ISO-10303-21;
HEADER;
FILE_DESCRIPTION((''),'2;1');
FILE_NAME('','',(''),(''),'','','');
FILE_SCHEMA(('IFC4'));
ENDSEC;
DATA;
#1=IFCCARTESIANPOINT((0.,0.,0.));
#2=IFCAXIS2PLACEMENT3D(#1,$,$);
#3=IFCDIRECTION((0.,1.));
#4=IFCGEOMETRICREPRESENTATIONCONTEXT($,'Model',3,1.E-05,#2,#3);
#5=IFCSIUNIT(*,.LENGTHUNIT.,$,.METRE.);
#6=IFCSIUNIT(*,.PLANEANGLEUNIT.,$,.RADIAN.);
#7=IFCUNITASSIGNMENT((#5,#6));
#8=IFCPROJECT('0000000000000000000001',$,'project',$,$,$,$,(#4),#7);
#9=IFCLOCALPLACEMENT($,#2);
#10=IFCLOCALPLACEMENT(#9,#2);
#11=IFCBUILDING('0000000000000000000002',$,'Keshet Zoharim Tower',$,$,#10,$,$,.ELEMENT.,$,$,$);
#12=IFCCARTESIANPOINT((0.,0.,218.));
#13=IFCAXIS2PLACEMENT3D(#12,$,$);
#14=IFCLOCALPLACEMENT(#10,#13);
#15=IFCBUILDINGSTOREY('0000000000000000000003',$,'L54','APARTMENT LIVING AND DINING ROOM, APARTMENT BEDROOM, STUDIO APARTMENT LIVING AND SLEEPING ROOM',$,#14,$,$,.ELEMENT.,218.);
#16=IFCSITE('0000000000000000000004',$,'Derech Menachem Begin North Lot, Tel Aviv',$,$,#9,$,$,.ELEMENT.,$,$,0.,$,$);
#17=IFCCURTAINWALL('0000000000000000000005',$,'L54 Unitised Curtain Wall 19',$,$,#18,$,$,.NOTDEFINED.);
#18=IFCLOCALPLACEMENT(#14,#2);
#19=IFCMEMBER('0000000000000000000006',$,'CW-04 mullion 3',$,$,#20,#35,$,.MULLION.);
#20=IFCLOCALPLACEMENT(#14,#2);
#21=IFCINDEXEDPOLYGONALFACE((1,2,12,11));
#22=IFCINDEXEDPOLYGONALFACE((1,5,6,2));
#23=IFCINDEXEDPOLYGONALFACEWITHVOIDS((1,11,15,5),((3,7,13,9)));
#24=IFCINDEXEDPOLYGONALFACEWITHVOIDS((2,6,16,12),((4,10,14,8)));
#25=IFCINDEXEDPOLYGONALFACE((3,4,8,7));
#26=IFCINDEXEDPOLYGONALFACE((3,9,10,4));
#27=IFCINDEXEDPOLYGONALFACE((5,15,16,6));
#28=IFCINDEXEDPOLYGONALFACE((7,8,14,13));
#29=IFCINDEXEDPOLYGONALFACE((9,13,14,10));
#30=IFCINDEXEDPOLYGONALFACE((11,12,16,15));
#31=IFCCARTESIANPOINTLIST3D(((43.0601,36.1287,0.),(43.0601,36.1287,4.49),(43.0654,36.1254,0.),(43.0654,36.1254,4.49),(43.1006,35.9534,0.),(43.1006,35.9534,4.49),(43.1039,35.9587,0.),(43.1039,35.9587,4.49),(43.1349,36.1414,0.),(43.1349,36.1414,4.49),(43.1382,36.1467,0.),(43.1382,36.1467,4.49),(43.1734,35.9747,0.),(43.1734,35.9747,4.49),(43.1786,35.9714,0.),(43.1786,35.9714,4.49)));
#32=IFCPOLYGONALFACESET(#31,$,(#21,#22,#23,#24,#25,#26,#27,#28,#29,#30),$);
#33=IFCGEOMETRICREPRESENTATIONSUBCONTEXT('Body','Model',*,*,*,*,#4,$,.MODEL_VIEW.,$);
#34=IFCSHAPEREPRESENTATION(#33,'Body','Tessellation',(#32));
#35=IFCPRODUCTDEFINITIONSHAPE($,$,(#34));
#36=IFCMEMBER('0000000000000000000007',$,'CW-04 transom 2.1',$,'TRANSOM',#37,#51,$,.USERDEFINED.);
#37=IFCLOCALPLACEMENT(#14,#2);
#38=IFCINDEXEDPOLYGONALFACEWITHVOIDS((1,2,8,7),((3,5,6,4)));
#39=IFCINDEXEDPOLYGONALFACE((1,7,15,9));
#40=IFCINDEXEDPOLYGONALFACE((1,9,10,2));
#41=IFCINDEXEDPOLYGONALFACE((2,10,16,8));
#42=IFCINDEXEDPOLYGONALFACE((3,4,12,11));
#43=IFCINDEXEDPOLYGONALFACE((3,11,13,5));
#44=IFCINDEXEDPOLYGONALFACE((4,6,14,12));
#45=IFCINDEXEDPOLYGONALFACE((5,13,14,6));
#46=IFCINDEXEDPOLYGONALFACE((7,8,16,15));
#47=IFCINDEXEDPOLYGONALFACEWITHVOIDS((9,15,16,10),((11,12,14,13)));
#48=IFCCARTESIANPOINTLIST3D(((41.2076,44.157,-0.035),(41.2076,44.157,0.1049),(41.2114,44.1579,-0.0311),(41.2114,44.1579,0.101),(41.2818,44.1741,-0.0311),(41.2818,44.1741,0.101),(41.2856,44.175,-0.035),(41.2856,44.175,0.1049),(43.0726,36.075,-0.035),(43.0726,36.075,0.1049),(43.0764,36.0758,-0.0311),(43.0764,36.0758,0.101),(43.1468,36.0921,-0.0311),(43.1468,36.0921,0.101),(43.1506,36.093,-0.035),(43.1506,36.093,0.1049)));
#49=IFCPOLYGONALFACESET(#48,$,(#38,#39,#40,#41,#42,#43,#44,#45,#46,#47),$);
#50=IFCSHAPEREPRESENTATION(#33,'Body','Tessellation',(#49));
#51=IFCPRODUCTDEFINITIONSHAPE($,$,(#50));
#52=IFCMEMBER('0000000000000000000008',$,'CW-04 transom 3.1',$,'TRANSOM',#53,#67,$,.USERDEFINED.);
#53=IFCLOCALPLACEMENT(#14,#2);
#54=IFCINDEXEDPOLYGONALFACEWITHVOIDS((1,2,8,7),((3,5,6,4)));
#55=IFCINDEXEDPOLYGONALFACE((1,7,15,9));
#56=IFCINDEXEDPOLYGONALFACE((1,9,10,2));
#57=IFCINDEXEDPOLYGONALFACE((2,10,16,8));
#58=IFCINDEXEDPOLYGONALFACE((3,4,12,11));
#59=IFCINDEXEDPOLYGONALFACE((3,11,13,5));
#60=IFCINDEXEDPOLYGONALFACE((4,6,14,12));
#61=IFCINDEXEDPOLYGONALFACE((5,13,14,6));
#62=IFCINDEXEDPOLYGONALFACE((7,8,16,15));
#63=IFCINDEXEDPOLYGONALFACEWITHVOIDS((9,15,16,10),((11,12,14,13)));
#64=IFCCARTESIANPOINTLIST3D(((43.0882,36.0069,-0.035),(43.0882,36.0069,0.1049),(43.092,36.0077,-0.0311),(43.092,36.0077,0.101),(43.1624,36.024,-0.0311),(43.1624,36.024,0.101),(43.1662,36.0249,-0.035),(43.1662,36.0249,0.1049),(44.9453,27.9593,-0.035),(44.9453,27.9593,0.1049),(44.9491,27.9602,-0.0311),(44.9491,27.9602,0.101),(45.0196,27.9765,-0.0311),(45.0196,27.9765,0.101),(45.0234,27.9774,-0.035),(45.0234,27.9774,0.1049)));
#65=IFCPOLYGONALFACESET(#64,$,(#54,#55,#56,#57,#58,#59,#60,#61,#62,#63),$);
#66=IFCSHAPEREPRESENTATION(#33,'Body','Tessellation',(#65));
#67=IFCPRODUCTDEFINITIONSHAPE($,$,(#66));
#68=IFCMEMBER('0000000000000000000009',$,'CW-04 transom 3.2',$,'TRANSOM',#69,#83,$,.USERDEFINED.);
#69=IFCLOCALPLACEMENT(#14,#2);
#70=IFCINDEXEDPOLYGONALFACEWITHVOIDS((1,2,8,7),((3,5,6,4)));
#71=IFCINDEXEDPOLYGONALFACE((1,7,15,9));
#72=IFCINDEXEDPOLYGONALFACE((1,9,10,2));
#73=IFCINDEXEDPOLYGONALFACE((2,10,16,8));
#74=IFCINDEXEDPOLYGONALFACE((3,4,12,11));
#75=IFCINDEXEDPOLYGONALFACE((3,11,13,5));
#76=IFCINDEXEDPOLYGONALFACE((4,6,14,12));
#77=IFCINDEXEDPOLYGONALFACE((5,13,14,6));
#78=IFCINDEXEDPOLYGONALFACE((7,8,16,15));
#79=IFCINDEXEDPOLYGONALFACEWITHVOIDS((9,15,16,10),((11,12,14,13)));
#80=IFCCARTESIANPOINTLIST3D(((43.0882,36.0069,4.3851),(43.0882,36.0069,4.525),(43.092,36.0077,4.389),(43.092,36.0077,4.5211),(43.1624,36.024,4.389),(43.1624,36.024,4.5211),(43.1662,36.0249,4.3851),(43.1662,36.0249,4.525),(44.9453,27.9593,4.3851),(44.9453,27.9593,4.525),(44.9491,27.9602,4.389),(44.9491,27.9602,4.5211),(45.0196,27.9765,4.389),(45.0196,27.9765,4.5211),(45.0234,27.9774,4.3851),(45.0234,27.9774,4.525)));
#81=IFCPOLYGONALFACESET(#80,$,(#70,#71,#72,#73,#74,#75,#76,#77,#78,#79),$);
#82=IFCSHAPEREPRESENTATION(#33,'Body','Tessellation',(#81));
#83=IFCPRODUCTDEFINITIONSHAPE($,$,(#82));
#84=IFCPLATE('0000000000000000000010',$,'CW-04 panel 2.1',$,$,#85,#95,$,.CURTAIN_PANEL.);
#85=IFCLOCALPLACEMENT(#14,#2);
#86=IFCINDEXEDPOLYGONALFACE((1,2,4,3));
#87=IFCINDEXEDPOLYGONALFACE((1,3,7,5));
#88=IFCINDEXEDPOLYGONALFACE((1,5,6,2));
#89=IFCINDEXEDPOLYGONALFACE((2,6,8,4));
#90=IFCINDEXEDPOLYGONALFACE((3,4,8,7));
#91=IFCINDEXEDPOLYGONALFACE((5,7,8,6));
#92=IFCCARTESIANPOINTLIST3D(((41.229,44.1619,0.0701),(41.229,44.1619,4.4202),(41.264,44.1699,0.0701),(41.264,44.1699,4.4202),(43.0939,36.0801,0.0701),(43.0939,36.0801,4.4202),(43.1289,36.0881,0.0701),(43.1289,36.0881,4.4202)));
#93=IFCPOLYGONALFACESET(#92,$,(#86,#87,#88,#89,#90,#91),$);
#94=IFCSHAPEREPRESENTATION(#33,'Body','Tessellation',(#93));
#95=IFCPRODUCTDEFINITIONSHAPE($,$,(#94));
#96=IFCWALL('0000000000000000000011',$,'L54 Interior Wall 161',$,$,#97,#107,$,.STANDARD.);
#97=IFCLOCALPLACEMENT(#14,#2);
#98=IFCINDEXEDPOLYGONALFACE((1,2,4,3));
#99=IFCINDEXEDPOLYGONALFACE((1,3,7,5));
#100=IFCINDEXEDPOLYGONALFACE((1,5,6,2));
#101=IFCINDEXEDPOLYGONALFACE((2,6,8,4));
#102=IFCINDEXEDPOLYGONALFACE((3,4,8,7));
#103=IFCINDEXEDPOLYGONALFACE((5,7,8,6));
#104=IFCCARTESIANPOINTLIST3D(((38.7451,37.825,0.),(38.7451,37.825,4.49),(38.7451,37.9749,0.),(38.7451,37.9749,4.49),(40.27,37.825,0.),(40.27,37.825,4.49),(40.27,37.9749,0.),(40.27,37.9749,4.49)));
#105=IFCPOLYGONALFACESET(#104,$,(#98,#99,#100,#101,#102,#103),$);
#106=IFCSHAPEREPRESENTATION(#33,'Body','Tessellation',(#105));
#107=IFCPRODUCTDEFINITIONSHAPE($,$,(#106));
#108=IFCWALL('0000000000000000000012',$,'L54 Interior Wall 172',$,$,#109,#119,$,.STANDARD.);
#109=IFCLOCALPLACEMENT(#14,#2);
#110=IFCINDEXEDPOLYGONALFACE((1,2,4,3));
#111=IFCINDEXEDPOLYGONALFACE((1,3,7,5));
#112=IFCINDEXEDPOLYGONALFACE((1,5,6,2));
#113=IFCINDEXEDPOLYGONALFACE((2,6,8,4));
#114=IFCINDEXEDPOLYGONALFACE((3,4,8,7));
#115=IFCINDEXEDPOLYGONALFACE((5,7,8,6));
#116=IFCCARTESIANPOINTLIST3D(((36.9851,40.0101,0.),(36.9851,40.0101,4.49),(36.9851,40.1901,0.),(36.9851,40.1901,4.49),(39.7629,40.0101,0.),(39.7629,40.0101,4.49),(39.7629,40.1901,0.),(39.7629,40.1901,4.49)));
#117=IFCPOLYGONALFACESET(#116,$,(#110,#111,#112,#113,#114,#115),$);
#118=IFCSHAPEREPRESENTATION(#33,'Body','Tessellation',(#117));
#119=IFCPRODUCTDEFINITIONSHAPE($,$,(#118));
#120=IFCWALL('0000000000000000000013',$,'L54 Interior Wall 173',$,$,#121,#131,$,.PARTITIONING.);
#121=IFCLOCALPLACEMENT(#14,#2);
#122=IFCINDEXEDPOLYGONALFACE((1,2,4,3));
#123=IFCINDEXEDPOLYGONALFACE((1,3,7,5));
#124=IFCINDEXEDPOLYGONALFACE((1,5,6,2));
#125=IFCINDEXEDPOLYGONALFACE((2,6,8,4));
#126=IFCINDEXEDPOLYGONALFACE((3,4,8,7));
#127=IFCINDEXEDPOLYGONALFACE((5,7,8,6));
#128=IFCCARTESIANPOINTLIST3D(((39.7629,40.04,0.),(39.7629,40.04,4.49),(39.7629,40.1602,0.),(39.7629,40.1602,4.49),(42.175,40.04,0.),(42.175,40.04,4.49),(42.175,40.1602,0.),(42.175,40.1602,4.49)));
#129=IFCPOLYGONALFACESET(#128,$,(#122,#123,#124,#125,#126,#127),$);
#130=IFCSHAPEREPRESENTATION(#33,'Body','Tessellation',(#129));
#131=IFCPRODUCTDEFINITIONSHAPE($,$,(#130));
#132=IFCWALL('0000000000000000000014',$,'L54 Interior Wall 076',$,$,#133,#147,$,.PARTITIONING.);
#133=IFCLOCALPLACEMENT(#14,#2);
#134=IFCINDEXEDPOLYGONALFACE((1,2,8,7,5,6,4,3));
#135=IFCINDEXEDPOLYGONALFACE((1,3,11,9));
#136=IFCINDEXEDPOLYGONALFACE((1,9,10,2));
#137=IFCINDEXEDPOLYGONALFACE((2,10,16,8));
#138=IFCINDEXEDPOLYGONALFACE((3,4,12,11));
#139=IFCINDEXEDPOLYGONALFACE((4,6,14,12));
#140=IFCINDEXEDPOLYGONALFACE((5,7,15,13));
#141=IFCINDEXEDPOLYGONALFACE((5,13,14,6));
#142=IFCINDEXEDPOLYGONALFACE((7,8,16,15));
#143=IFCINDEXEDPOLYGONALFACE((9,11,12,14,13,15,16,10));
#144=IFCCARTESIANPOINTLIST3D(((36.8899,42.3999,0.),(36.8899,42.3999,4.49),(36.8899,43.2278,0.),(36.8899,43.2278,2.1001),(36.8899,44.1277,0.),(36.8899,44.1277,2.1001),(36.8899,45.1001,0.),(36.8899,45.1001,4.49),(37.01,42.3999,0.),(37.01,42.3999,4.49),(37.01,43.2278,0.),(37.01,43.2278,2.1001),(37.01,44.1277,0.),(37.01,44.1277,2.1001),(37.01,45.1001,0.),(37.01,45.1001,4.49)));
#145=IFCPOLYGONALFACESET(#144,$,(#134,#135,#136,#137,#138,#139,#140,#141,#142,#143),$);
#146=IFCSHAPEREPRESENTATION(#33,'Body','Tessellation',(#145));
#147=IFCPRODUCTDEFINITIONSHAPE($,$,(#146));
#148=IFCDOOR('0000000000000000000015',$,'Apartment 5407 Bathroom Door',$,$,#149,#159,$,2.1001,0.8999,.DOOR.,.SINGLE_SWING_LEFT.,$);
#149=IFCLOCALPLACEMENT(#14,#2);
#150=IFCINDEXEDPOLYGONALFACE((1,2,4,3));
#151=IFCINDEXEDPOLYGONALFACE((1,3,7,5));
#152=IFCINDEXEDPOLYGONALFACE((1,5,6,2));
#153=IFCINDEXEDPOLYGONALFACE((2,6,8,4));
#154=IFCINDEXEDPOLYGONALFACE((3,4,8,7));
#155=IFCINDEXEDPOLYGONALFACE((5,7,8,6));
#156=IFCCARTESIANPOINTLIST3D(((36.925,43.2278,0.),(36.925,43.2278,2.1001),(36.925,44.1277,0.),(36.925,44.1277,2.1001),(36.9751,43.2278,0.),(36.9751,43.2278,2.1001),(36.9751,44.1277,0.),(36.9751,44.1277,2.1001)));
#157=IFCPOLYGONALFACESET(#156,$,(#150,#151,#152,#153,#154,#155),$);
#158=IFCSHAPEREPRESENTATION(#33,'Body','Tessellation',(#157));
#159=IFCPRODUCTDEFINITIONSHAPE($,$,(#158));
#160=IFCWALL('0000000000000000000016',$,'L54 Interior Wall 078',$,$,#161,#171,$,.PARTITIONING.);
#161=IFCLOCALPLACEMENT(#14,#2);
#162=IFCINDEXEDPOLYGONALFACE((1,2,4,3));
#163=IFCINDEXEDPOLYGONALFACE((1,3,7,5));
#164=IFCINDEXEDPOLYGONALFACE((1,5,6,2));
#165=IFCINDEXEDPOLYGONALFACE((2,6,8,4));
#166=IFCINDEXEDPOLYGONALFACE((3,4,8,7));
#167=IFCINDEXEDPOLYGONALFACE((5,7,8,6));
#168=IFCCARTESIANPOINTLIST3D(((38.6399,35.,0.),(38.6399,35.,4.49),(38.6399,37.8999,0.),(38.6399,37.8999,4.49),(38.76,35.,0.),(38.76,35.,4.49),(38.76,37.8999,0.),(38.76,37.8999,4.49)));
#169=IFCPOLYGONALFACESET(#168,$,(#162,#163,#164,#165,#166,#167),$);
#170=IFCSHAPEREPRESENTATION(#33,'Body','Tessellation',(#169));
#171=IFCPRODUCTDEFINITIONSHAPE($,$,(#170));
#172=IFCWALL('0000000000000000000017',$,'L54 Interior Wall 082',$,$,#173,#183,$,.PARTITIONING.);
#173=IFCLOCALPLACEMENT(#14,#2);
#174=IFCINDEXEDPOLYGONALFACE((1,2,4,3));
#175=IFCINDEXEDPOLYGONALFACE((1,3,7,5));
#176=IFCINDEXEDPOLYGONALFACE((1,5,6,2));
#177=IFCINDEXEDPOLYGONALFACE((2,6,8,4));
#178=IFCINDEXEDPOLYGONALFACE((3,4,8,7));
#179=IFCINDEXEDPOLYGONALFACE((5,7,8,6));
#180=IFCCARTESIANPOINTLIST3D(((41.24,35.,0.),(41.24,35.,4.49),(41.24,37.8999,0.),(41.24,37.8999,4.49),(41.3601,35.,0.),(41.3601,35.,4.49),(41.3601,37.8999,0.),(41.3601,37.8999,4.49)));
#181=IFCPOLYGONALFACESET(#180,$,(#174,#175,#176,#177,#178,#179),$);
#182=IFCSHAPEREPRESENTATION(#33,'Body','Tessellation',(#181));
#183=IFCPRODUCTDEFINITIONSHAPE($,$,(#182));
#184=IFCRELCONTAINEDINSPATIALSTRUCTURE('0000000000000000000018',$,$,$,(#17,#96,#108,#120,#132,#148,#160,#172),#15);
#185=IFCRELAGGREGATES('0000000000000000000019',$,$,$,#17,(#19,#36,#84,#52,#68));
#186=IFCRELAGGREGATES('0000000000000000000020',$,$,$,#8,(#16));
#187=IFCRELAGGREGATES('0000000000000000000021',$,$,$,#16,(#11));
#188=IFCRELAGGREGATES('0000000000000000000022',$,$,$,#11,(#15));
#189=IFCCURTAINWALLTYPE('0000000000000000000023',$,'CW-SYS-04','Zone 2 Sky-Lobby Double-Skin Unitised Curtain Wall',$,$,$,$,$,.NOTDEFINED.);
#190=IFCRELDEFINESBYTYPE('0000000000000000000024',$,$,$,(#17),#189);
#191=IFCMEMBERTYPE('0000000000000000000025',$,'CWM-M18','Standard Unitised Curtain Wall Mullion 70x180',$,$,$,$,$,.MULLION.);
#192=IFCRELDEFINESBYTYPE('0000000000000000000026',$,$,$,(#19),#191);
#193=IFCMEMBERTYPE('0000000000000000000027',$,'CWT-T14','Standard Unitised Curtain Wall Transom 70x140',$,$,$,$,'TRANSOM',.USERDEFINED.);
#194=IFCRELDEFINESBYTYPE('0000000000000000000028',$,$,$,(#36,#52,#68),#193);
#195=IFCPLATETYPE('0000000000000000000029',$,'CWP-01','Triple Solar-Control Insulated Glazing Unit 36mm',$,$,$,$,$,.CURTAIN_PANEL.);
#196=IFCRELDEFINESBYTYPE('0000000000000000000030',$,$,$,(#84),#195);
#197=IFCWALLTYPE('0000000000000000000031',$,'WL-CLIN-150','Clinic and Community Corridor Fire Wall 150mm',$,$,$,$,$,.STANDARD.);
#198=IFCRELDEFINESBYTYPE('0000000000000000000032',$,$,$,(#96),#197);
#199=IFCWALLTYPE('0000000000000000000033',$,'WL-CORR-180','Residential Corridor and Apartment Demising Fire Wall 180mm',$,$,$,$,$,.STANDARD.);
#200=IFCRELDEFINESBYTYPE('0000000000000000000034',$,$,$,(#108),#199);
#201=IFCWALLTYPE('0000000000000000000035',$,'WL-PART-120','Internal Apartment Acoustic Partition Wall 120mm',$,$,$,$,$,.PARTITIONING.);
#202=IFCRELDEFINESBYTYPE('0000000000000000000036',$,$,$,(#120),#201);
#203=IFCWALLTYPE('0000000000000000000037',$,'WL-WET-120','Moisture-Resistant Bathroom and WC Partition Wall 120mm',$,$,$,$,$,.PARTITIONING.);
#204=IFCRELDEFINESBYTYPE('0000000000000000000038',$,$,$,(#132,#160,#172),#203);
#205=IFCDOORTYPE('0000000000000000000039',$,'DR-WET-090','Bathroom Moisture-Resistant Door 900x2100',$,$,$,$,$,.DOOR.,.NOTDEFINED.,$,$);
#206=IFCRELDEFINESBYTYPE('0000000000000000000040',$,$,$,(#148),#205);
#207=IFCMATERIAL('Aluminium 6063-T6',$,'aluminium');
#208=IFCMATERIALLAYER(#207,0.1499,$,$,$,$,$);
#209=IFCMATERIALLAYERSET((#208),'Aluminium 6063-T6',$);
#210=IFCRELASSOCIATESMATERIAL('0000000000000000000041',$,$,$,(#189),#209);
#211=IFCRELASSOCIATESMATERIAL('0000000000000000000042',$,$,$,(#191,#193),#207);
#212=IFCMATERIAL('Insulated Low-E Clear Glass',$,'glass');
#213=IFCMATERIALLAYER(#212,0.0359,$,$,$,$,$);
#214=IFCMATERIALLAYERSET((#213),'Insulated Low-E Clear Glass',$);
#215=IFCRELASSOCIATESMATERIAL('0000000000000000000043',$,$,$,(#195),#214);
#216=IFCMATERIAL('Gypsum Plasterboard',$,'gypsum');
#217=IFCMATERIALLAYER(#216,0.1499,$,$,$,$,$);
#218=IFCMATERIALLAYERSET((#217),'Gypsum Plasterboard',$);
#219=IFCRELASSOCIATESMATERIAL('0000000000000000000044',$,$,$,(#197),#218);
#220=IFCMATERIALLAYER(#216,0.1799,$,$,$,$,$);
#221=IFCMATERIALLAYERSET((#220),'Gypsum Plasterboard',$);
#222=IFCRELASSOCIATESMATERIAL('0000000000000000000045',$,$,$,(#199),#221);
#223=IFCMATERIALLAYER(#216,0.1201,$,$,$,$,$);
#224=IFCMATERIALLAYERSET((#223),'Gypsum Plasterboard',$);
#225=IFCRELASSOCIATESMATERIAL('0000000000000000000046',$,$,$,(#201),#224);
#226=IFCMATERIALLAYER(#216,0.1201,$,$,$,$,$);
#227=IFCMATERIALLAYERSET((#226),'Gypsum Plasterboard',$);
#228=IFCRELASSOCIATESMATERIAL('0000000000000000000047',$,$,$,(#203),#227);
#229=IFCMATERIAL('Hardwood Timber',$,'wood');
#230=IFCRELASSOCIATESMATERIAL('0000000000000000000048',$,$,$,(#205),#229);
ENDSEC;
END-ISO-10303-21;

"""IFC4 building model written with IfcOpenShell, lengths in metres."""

from ifc_helpers import new_model, si_unit, direction, frame, frame_2d, origin, origin_2d, place, context, subcontext, project, spatial, rectangle, hollow_rectangle, extrude, material, layer, layer_set, material_profile, profile_set, type_object, element, fill, aggregate, save


model = new_model("IFC4")

# Units and contexts
model_context = context("Model", 3, precision=1e-05, world=origin(), true_north=direction((0.0, 1.0)))
body_context = subcontext(model_context, "Body", "Model", "MODEL_VIEW")
ifc_project = project(units=[si_unit("LENGTHUNIT", "METRE"), si_unit("PLANEANGLEUNIT", "RADIAN")], contexts=[model_context])

# Site, building, storey
site_placement = place(None, origin())
site = spatial("IfcSite", under=ifc_project, at=site_placement, Name="Derech Menachem Begin North Lot, Tel Aviv", CompositionType="ELEMENT", RefElevation=0.0)
building_placement = place(site_placement, origin())
building = spatial("IfcBuilding", under=site, at=building_placement, Name="Keshet Zoharim Tower", CompositionType="ELEMENT")
storey_placement = place(building_placement, frame((0.0, 0.0, 218.0)))
storey = spatial("IfcBuildingStorey", under=building, at=storey_placement, Name="L54", Description="APARTMENT LIVING AND DINING ROOM, APARTMENT BEDROOM, STUDIO APARTMENT LIVING AND SLEEPING ROOM", CompositionType="ELEMENT", Elevation=218.0)

# Curtain wall, members, plate
ifc_material_1 = material(Name="Aluminium 6063-T6", Category="aluminium")
ifc_layer_1 = layer(ifc_material_1, 0.1499)
ifc_layer_set_1 = layer_set([ifc_layer_1], Name="Aluminium 6063-T6")
curtain_wall_type = type_object("IfcCurtainWallType", Name="CW-SYS-04", Description="Zone 2 Sky-Lobby Double-Skin Unitised Curtain Wall", PredefinedType="NOTDEFINED", material=ifc_layer_set_1)
curtain_wall_placement = place(storey_placement, origin())
curtain_wall = element("IfcCurtainWall", 1, at=curtain_wall_placement, inside=storey, type_object=curtain_wall_type, Name="L54 Unitised Curtain Wall 19", PredefinedType="NOTDEFINED")
ifc_material_profile_1 = material_profile(ifc_material_1, hollow_rectangle(XDim=0.0801, YDim=0.1799, WallThickness=0.0044, at=origin_2d()), Name="MUL-80x180")
ifc_profile_set_1 = profile_set([ifc_material_profile_1], Name="Aluminium 6063-T6")
member_type_1 = type_object("IfcMemberType", Name="CWM-M18", Description="Standard Unitised Curtain Wall Mullion 70x180", PredefinedType="MULLION", material=ifc_profile_set_1)
member_1_placement = place(storey_placement, frame((43.1194, 36.05, 0.0), z_axis=(0.0, 0.0, 1.0), x_axis=(0.974394, 0.224848, 0.0)))
member_1 = element("IfcMember", 2, at=member_1_placement, type_object=member_type_1, Name="CW-04 mullion 3", PredefinedType="MULLION", context=body_context, shape_type="SweptSolid", body=[
    extrude(hollow_rectangle(XDim=0.0801, YDim=0.1799, WallThickness=0.0044, at=origin_2d()), origin(), (0.0, 0.0, 1.0), 4.49),
])
ifc_material_profile_2 = material_profile(ifc_material_1, hollow_rectangle(XDim=0.0801, YDim=0.1399, WallThickness=0.0039, at=origin_2d()), Name="TRN-80x140")
ifc_profile_set_2 = profile_set([ifc_material_profile_2], Name="Aluminium 6063-T6")
member_type_2 = type_object("IfcMemberType", Name="CWT-T14", Description="Standard Unitised Curtain Wall Transom 70x140", ElementType="TRANSOM", PredefinedType="USERDEFINED", material=ifc_profile_set_2)
member_2_placement = place(storey_placement, frame((41.2466, 44.166, 0.0349), z_axis=(0.224849, -0.974394, 0.0), x_axis=(0.974394, 0.224849, 0.0)))
member_2 = element("IfcMember", 3, at=member_2_placement, type_object=member_type_2, Name="CW-04 transom 2.1", ObjectType="TRANSOM", PredefinedType="USERDEFINED", context=body_context, shape_type="SweptSolid", body=[
    extrude(hollow_rectangle(XDim=0.0801, YDim=0.1399, WallThickness=0.0039, at=origin_2d()), origin(), (0.0, 0.0, 1.0), 8.2944),
])
member_3_placement = place(storey_placement, frame((43.1272, 36.0159, 0.0349), z_axis=(0.224864, -0.97439, 0.0), x_axis=(0.97439, 0.224864, 0.0)))
member_3 = element("IfcMember", 4, at=member_3_placement, type_object=member_type_2, Name="CW-04 transom 3.1", ObjectType="TRANSOM", PredefinedType="USERDEFINED", context=body_context, shape_type="SweptSolid", body=[
    extrude(hollow_rectangle(XDim=0.0801, YDim=0.1399, WallThickness=0.0039, at=origin_2d()), origin(), (0.0, 0.0, 1.0), 8.259),
])
member_4_placement = place(storey_placement, frame((43.1272, 36.0159, 4.4551), z_axis=(0.224864, -0.97439, 0.0), x_axis=(0.97439, 0.224864, 0.0)))
member_4 = element("IfcMember", 5, at=member_4_placement, type_object=member_type_2, Name="CW-04 transom 3.2", ObjectType="TRANSOM", PredefinedType="USERDEFINED", context=body_context, shape_type="SweptSolid", body=[
    extrude(hollow_rectangle(XDim=0.0801, YDim=0.1399, WallThickness=0.0039, at=origin_2d()), origin(), (0.0, 0.0, 1.0), 8.259),
])
ifc_material_2 = material(Name="Insulated Low-E Clear Glass", Category="glass")
ifc_layer_2 = layer(ifc_material_2, 0.0359)
ifc_layer_set_2 = layer_set([ifc_layer_2], Name="Insulated Low-E Clear Glass")
plate_type = type_object("IfcPlateType", Name="CWP-01", Description="Triple Solar-Control Insulated Glazing Unit 36mm", PredefinedType="CURTAIN_PANEL", material=ifc_layer_set_2)
plate_placement = place(storey_placement, frame((42.179, 40.125, 0.0701), z_axis=(0.0, 0.0, 1.0), x_axis=(0.224848, -0.974394, 0.0)))
plate = element("IfcPlate", 6, at=plate_placement, type_object=plate_type, Name="CW-04 panel 2.1", PredefinedType="CURTAIN_PANEL", context=body_context, shape_type="SweptSolid", body=[
    extrude(rectangle(XDim=8.2942, YDim=0.0359, at=origin_2d()), origin(), (0.0, 0.0, 1.0), 4.3501),
])
aggregate(curtain_wall, [member_1, member_2, plate, member_3, member_4])

# Walls
ifc_material_3 = material(Name="Gypsum Plasterboard", Category="gypsum")
ifc_layer_3 = layer(ifc_material_3, 0.1499)
ifc_layer_set_3 = layer_set([ifc_layer_3], Name="Gypsum Plasterboard")
wall_type_1 = type_object("IfcWallType", Name="WL-CLIN-150", Description="Clinic and Community Corridor Fire Wall 150mm", PredefinedType="STANDARD", material=ifc_layer_set_3)
wall_1_placement = place(storey_placement, frame((38.7451, 37.8999, 0.0), z_axis=(0.0, 0.0, 1.0), x_axis=(1.0, 0.0, 0.0)))
element("IfcWall", 7, at=wall_1_placement, inside=storey, type_object=wall_type_1, Name="L54 Interior Wall 161", PredefinedType="STANDARD", context=body_context, shape_type="SweptSolid", body=[
    extrude(rectangle(XDim=1.5249, YDim=0.1499, at=frame_2d((0.7625, 0.0))), origin(), (0.0, 0.0, 1.0), 4.49),
])
ifc_layer_4 = layer(ifc_material_3, 0.1799)
ifc_layer_set_4 = layer_set([ifc_layer_4], Name="Gypsum Plasterboard")
wall_type_2 = type_object("IfcWallType", Name="WL-CORR-180", Description="Residential Corridor and Apartment Demising Fire Wall 180mm", PredefinedType="STANDARD", material=ifc_layer_set_4)
wall_2_placement = place(storey_placement, frame((36.9851, 40.1001, 0.0), z_axis=(0.0, 0.0, 1.0), x_axis=(1.0, 0.0, 0.0)))
element("IfcWall", 8, at=wall_2_placement, inside=storey, type_object=wall_type_2, Name="L54 Interior Wall 172", PredefinedType="STANDARD", context=body_context, shape_type="SweptSolid", body=[
    extrude(rectangle(XDim=2.7778, YDim=0.1799, at=frame_2d((1.3889, 0.0))), origin(), (0.0, 0.0, 1.0), 4.49),
])
ifc_layer_5 = layer(ifc_material_3, 0.1201)
ifc_layer_set_5 = layer_set([ifc_layer_5], Name="Gypsum Plasterboard")
wall_type_3 = type_object("IfcWallType", Name="WL-PART-120", Description="Internal Apartment Acoustic Partition Wall 120mm", PredefinedType="PARTITIONING", material=ifc_layer_set_5)
wall_3_placement = place(storey_placement, frame((39.7629, 40.1001, 0.0), z_axis=(0.0, 0.0, 1.0), x_axis=(1.0, 0.0, 0.0)))
element("IfcWall", 9, at=wall_3_placement, inside=storey, type_object=wall_type_3, Name="L54 Interior Wall 173", PredefinedType="PARTITIONING", context=body_context, shape_type="SweptSolid", body=[
    extrude(rectangle(XDim=2.4121, YDim=0.1201, at=frame_2d((1.2061, 0.0))), origin(), (0.0, 0.0, 1.0), 4.49),
])

# Wall, opening, door
ifc_layer_6 = layer(ifc_material_3, 0.1201)
ifc_layer_set_6 = layer_set([ifc_layer_6], Name="Gypsum Plasterboard")
wall_type_4 = type_object("IfcWallType", Name="WL-WET-120", Description="Moisture-Resistant Bathroom and WC Partition Wall 120mm", PredefinedType="PARTITIONING", material=ifc_layer_set_6)
wall_4_placement = place(storey_placement, frame((36.95, 42.3999, 0.0), z_axis=(0.0, 0.0, 1.0), x_axis=(0.0, 1.0, 0.0)))
wall_4 = element("IfcWall", 10, at=wall_4_placement, inside=storey, type_object=wall_type_4, Name="L54 Interior Wall 076", PredefinedType="PARTITIONING", context=body_context, shape_type="SweptSolid", body=[
    extrude(rectangle(XDim=2.7002, YDim=0.1201, at=frame_2d((1.3501, 0.0))), origin(), (0.0, 0.0, 1.0), 4.49),
])
opening_1_placement = place(wall_4_placement, frame((0.8279, 0.0, 0.0)))
opening_1 = element("IfcOpeningElement", 11, at=opening_1_placement, cuts=wall_4, PredefinedType="OPENING", context=body_context, shape_type="SweptSolid", body=[
    extrude(rectangle(XDim=0.8999, YDim=2.1001, at=frame_2d((0.45, 1.05))), frame((0.0, 0.0701, 0.0), z_axis=(0.0, -1.0, 0.0), x_axis=(1.0, 0.0, 0.0)), (0.0, 0.0, 1.0), 0.1401),
])
ifc_material_4 = material(Name="Hardwood Timber", Category="wood")
door_type = type_object("IfcDoorType", Name="DR-WET-090", Description="Bathroom Moisture-Resistant Door 900x2100", OperationType="NOTDEFINED", PredefinedType="DOOR", material=ifc_material_4)
door_1_placement = place(opening_1_placement, origin())
door_1 = element("IfcDoor", 12, at=door_1_placement, inside=storey, type_object=door_type, Name="Apartment 5407 Bathroom Door", OperationType="SINGLE_SWING_LEFT", OverallHeight=2.1001, OverallWidth=0.8999, PredefinedType="DOOR", context=body_context, shape_type="SweptSolid", body=[
    extrude(rectangle(XDim=0.8999, YDim=2.1001, at=frame_2d((0.45, 1.05))), frame((0.0, 0.0249, 0.0), z_axis=(0.0, -1.0, 0.0), x_axis=(1.0, 0.0, 0.0)), (0.0, 0.0, 1.0), 0.05),
])
fill(opening_1, door_1)

# Walls
for number, where, z_axis, x_axis, name in (
    (13, (38.7, 35.0, 0.0), (0.0, 0.0, 1.0), (0.0, 1.0, 0.0), "L54 Interior Wall 078"),
    (14, (41.3, 35.0, 0.0), (0.0, 0.0, 1.0), (0.0, 1.0, 0.0), "L54 Interior Wall 082"),
):
    element("IfcWall", number, at=place(storey_placement, frame(where, z_axis=z_axis, x_axis=x_axis)), inside=storey, type_object=wall_type_4, Name=name, PredefinedType="PARTITIONING", context=body_context, shape_type="SweptSolid", body=[
        extrude(rectangle(XDim=2.8999, YDim=0.1201, at=frame_2d((1.45, 0.0))), origin(), (0.0, 0.0, 1.0), 4.49),
    ])

save(model, "model.ifc")
